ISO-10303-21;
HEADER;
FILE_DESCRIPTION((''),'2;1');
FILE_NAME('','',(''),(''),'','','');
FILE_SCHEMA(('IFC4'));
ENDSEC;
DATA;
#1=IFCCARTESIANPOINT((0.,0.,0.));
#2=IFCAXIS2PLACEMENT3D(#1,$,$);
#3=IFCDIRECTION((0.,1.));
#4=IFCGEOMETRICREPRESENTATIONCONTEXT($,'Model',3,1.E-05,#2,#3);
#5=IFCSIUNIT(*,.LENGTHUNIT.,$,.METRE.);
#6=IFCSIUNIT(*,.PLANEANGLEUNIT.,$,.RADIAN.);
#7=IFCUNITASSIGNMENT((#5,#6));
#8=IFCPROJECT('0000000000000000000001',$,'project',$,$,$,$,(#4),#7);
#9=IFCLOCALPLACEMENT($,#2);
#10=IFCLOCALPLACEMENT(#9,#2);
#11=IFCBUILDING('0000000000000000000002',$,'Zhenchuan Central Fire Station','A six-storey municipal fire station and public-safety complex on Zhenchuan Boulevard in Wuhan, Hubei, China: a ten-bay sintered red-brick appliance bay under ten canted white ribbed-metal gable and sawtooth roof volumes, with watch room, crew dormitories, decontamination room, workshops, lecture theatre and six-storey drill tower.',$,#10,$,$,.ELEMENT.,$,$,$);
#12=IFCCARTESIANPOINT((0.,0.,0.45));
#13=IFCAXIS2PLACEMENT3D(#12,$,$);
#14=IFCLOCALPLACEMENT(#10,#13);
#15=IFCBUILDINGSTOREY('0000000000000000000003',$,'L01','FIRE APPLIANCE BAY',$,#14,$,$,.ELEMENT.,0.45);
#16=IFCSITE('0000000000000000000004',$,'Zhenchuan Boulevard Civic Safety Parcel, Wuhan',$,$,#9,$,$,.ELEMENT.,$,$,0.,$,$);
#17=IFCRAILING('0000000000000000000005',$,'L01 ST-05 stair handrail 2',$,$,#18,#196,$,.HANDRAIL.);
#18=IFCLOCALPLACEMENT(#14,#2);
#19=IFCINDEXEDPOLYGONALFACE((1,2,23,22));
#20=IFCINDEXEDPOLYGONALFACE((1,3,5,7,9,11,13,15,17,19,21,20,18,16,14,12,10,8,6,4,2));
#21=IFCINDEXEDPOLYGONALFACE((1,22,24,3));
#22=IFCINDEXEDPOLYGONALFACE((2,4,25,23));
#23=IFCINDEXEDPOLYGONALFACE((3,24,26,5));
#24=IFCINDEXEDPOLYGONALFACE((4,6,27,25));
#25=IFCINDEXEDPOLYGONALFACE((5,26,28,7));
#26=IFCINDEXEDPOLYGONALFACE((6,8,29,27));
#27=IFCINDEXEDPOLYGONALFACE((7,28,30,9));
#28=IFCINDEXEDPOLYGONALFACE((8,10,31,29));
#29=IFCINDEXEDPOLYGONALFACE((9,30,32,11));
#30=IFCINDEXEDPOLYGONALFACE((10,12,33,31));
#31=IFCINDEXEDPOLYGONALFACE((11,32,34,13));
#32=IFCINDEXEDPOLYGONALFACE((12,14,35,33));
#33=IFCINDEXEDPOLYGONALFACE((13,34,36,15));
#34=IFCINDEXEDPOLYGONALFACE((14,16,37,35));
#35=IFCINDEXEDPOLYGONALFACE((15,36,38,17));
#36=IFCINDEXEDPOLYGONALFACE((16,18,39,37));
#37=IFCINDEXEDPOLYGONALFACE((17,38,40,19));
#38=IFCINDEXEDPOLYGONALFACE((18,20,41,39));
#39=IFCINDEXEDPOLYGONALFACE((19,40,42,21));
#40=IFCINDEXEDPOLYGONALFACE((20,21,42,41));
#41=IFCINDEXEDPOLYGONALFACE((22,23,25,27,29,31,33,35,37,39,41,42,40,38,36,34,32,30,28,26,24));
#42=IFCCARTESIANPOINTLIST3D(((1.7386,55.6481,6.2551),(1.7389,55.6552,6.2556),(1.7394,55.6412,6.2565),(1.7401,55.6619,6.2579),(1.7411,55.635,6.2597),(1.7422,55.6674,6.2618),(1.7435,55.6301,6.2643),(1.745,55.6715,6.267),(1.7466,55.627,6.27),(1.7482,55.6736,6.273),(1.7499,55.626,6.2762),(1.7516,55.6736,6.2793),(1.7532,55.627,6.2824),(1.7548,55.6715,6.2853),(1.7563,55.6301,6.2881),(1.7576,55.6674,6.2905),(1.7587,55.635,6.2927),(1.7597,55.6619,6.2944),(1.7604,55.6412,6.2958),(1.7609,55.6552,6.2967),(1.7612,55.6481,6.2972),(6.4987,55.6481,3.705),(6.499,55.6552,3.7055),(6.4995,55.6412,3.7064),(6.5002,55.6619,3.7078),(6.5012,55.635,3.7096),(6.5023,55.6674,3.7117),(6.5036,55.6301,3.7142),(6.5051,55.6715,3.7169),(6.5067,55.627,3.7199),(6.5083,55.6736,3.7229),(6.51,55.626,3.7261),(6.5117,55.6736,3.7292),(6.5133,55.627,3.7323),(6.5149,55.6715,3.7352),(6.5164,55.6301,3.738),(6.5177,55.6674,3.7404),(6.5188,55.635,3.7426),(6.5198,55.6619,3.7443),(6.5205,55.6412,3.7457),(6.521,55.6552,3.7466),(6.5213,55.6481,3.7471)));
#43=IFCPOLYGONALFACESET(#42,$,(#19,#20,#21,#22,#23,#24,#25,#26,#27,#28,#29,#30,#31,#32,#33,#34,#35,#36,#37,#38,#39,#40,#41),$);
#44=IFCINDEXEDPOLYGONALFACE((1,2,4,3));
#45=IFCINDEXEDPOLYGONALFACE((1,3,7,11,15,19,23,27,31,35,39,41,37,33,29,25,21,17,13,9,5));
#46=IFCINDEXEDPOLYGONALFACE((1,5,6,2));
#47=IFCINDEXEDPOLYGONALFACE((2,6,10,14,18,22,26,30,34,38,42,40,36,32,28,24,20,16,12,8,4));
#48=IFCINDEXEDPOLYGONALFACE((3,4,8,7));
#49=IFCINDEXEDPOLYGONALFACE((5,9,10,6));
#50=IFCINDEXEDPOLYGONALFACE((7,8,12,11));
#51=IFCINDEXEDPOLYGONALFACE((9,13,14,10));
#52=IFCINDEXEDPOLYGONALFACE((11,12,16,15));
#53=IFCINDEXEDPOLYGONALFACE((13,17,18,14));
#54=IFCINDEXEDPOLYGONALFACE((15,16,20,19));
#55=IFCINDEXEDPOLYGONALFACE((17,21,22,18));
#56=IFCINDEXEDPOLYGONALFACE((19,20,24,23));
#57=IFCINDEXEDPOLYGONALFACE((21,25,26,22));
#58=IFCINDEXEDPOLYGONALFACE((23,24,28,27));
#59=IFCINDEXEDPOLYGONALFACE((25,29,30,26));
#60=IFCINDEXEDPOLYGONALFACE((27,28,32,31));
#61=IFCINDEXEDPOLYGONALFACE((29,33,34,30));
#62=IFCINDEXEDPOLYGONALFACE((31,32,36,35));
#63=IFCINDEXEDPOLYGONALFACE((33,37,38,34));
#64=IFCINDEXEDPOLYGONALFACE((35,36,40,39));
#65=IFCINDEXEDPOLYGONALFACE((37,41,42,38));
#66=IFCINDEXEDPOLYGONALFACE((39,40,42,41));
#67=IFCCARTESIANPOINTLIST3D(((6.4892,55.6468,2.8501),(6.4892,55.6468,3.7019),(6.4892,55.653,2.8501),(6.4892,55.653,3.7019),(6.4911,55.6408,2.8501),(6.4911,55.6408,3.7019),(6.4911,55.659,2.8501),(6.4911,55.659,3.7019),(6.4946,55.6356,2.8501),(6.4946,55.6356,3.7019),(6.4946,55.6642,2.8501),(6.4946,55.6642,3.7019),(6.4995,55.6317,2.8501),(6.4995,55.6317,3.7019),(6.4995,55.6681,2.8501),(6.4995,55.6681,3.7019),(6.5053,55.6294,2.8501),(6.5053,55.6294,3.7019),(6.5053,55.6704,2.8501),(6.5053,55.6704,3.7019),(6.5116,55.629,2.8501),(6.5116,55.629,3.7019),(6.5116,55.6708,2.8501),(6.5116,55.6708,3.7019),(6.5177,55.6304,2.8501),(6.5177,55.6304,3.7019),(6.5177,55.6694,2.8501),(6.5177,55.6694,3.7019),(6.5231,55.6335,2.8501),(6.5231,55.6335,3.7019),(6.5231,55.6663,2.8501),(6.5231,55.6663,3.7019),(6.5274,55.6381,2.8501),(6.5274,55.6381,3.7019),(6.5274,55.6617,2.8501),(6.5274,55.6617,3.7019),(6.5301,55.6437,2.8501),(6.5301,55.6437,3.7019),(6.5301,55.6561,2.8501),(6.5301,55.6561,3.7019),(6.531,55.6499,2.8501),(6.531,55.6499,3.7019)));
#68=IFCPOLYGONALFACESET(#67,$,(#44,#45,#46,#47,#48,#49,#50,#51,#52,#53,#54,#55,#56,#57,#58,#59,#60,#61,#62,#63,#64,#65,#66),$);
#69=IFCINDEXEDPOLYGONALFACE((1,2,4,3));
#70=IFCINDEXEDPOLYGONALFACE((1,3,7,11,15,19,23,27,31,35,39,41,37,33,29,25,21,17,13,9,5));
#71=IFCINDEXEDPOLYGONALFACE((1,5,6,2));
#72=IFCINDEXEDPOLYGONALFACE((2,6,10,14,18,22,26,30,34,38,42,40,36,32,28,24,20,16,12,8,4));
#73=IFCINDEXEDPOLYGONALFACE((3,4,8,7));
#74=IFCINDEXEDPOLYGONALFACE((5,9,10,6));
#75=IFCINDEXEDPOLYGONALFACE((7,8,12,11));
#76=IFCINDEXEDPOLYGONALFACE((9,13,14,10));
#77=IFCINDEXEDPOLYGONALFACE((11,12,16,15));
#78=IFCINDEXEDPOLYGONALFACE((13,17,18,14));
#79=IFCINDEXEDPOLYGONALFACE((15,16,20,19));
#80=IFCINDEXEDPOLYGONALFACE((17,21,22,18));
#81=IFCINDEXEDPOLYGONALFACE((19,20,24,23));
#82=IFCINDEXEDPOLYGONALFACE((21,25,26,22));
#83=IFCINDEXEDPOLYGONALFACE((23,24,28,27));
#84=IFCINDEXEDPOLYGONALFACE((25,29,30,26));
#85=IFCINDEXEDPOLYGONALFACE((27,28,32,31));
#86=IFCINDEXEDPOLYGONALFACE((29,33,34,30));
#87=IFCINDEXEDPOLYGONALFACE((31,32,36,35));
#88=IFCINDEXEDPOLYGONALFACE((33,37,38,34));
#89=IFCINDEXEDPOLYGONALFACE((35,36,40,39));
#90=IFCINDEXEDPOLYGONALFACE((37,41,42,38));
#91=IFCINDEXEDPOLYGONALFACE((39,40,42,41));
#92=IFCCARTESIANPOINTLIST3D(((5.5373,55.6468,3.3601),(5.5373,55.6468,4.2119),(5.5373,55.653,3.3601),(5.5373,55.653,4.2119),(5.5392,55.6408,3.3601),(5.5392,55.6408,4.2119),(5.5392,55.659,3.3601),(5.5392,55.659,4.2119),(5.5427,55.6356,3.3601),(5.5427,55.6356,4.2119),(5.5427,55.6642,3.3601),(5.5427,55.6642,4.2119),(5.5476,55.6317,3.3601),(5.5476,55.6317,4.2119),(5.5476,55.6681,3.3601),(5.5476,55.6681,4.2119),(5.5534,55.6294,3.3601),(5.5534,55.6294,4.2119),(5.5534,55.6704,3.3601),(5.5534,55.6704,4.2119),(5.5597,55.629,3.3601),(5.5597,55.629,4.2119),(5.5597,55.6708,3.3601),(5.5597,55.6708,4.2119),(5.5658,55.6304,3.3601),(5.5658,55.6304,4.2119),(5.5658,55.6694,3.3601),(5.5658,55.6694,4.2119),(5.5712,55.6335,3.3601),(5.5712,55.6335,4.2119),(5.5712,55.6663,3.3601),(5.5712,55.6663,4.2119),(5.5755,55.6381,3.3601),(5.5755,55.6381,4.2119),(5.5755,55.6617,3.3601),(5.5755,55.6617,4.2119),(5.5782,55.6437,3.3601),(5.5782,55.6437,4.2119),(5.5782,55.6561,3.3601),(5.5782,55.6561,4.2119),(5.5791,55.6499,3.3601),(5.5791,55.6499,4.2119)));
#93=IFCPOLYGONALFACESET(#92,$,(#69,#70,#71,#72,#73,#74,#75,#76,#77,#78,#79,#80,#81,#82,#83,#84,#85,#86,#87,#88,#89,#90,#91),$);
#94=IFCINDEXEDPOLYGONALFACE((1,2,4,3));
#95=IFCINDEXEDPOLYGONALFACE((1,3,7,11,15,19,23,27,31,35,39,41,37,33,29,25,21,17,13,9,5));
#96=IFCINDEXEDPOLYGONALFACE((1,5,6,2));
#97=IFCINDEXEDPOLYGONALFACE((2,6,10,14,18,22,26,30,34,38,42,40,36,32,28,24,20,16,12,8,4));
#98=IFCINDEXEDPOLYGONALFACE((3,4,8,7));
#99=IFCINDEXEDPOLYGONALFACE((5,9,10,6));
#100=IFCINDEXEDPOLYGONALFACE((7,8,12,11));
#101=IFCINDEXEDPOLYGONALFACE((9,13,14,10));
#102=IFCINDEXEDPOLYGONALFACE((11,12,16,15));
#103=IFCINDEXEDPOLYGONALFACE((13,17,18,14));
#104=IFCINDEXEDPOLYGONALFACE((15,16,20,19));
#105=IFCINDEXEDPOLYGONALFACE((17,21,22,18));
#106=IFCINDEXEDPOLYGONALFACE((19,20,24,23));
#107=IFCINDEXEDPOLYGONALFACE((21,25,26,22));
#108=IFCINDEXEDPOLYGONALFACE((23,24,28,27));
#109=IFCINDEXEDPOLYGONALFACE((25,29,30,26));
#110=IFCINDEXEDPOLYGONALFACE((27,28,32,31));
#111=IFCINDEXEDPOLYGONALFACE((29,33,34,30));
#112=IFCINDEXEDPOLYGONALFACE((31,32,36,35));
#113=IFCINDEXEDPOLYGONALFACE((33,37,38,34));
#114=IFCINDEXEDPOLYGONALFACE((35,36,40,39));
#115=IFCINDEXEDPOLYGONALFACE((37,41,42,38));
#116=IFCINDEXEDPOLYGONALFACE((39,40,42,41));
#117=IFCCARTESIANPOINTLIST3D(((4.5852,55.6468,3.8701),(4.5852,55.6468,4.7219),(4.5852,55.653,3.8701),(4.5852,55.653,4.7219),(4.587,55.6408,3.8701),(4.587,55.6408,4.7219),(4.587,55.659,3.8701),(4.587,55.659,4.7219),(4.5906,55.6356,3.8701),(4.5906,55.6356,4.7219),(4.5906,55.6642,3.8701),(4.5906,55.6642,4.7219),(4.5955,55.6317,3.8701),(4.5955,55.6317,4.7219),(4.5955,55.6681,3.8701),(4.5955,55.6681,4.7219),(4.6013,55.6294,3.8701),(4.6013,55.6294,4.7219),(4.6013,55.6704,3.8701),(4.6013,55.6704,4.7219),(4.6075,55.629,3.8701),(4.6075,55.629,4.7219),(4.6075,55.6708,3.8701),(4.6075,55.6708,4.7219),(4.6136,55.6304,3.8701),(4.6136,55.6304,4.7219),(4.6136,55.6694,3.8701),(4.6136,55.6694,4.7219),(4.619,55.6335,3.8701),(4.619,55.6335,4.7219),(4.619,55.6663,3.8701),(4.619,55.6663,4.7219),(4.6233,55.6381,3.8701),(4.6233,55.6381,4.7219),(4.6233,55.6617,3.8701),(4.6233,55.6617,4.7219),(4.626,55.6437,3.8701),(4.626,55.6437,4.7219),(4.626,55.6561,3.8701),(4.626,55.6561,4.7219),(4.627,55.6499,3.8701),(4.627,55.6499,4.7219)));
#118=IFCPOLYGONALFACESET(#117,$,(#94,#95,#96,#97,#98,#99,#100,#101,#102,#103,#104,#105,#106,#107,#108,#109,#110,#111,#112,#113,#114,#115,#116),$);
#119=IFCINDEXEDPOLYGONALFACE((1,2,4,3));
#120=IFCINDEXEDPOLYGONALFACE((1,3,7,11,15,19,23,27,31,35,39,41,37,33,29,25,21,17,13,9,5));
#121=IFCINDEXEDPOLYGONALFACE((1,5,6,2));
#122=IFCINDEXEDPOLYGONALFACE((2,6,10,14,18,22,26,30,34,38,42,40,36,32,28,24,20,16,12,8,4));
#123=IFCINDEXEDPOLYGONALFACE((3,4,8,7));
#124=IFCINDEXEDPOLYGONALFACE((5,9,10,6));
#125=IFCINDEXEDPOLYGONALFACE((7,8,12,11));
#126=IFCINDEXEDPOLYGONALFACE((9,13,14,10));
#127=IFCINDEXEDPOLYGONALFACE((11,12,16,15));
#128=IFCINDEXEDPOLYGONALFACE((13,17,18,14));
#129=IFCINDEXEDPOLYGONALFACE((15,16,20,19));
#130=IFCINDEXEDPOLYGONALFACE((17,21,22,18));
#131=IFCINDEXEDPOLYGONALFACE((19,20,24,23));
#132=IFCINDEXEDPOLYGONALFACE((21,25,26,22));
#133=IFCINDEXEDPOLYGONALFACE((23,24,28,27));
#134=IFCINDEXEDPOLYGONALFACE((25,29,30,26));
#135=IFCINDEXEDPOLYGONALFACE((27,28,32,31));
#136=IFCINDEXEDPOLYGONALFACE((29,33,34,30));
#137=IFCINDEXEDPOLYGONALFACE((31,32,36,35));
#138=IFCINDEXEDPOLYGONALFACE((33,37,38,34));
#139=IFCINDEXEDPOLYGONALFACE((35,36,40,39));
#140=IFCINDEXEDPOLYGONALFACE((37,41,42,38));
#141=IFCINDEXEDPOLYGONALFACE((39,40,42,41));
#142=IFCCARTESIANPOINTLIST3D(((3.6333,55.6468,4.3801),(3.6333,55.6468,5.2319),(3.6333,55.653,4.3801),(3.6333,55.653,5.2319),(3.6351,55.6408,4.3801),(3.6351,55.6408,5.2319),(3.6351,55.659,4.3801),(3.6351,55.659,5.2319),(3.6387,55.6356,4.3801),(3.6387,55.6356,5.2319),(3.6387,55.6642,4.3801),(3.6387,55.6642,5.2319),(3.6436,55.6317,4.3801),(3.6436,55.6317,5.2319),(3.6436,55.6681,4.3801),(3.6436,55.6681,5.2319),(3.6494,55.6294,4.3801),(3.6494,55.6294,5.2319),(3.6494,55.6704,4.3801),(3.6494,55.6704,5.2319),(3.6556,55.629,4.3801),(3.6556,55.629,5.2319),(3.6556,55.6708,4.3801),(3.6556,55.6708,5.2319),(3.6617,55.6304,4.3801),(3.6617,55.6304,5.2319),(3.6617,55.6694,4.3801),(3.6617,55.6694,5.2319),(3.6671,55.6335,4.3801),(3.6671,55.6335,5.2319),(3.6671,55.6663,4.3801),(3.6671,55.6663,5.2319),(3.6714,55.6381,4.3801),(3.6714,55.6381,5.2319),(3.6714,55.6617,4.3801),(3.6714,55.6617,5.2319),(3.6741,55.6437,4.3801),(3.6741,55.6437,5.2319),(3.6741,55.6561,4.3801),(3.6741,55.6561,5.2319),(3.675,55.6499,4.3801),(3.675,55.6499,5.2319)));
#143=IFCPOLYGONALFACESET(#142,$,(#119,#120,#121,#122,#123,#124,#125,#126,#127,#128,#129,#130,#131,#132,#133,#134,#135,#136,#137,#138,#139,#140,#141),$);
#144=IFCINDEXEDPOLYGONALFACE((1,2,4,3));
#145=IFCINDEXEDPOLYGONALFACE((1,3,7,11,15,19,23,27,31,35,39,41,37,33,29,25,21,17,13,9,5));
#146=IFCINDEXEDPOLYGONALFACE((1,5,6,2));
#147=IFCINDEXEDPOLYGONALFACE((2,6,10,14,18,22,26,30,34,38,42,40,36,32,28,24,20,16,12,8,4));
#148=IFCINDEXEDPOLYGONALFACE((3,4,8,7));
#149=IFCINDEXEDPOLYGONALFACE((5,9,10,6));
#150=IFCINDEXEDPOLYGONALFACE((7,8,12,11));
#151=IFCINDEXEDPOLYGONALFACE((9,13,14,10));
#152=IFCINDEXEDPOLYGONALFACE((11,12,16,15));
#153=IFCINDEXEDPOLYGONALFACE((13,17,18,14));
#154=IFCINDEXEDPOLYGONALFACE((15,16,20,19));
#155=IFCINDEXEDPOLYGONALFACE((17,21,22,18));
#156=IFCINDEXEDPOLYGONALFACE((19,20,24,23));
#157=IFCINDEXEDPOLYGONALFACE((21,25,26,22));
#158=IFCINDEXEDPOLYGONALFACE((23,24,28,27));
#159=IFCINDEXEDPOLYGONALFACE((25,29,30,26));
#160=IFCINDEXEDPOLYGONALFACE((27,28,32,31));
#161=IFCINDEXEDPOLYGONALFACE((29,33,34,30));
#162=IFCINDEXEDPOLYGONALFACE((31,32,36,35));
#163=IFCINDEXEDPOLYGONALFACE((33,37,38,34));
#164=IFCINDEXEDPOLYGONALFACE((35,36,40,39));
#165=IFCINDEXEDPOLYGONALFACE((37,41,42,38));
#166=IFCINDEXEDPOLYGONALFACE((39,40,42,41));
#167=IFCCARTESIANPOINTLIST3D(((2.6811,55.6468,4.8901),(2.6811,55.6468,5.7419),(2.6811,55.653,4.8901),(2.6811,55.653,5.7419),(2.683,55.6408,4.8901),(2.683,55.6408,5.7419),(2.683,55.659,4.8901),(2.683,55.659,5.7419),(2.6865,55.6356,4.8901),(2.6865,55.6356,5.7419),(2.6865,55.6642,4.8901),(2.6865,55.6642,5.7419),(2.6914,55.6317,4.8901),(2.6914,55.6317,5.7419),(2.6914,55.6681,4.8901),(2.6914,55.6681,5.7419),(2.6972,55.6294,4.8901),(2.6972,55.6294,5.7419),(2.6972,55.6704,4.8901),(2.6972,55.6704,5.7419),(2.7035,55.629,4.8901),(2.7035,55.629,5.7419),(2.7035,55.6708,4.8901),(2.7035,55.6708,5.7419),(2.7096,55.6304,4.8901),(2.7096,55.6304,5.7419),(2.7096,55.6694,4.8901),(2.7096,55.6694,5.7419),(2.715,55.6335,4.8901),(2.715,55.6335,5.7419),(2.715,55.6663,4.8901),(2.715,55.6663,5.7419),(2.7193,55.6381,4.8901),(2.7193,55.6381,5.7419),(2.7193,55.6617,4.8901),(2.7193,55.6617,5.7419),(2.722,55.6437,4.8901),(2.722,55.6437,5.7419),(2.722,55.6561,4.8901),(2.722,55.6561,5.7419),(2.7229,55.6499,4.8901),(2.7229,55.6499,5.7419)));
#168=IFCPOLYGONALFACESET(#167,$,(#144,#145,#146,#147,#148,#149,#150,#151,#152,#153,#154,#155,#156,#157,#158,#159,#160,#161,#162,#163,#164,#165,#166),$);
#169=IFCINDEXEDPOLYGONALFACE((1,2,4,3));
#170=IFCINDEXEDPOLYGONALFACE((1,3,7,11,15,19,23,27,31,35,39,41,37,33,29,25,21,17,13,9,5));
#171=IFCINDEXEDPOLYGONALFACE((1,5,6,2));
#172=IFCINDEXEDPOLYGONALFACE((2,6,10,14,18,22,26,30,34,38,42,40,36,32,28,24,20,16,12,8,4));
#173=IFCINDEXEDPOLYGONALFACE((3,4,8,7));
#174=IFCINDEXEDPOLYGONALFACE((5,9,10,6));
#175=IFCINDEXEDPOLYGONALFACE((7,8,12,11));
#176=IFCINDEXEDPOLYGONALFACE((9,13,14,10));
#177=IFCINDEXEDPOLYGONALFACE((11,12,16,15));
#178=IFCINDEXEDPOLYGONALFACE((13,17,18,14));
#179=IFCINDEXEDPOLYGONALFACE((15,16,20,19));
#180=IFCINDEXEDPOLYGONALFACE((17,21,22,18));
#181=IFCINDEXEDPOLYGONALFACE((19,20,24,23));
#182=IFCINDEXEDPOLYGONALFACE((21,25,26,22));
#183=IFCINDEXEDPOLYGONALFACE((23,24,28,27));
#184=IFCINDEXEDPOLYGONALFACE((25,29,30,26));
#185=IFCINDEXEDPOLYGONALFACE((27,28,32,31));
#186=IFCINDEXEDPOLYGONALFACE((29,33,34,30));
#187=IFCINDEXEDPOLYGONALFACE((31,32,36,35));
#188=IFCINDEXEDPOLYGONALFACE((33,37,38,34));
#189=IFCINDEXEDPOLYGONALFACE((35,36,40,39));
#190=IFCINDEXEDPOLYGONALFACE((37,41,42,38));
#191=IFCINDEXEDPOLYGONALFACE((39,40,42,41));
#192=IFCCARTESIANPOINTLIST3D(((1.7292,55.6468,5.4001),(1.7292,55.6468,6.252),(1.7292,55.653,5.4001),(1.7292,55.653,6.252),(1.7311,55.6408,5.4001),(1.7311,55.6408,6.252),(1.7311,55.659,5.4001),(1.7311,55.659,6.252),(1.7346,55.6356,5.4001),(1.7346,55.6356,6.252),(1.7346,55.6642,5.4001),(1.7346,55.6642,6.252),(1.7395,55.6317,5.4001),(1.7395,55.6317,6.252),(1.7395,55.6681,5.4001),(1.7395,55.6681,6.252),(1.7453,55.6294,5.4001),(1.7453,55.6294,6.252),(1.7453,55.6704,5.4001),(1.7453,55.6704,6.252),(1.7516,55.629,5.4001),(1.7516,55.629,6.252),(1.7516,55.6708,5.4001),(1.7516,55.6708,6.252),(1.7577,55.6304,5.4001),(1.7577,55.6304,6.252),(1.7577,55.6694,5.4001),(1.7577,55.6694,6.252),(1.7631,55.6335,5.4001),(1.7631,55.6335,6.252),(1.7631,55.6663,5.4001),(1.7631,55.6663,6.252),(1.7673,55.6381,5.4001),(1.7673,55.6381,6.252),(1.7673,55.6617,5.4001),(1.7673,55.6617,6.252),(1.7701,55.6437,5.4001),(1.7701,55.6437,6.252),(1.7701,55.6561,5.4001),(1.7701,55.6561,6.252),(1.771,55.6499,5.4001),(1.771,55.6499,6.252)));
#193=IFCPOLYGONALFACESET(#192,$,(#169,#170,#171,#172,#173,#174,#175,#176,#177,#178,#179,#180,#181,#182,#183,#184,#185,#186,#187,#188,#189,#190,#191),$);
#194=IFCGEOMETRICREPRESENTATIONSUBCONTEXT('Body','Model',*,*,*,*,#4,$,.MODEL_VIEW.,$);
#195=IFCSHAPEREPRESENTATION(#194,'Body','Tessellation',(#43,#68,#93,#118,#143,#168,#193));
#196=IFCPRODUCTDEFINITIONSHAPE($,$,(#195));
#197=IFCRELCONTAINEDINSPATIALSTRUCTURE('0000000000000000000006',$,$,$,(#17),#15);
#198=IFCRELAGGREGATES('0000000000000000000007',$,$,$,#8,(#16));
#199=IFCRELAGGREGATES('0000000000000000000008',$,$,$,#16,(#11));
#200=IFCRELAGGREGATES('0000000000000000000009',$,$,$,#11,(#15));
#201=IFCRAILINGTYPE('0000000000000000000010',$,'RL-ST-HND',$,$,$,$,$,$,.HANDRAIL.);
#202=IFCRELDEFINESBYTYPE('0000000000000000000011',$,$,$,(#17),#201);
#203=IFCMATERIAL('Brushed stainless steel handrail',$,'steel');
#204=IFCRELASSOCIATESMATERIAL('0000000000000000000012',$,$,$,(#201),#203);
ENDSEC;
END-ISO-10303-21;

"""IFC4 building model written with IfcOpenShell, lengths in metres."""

from ifc_helpers import new_model, si_unit, direction, frame, origin, origin_2d, place, context, subcontext, project, spatial, circle, extrude, material, type_object, element, save


model = new_model("IFC4")

# Units and contexts
model_context = context("Model", 3, precision=1e-05, world=origin(), true_north=direction((0.0, 1.0)))
body_context = subcontext(model_context, "Body", "Model", "MODEL_VIEW")
ifc_project = project(units=[si_unit("LENGTHUNIT", "METRE"), si_unit("PLANEANGLEUNIT", "RADIAN")], contexts=[model_context])

# Site, building, storey
site_placement = place(None, origin())
site = spatial("IfcSite", under=ifc_project, at=site_placement, Name="Zhenchuan Boulevard Civic Safety Parcel, Wuhan", CompositionType="ELEMENT", RefElevation=0.0)
building_placement = place(site_placement, origin())
building = spatial("IfcBuilding", under=site, at=building_placement, Name="Zhenchuan Central Fire Station", Description="A six-storey municipal fire station and public-safety complex on Zhenchuan Boulevard in Wuhan, Hubei, China: a ten-bay sintered red-brick appliance bay under ten canted white ribbed-metal gable and sawtooth roof volumes, with watch room, crew dormitories, decontamination room, workshops, lecture theatre and six-storey drill tower.", CompositionType="ELEMENT")
storey_placement = place(building_placement, frame((0.0, 0.0, 0.45)))
storey = spatial("IfcBuildingStorey", under=building, at=storey_placement, Name="L01", Description="FIRE APPLIANCE BAY", CompositionType="ELEMENT", Elevation=0.45)

# Railing
ifc_material_1 = material(Name="Brushed stainless steel handrail", Category="steel")
railing_type_1 = type_object("IfcRailingType", Name="RL-ST-HND", PredefinedType="HANDRAIL", material=ifc_material_1)
railing_1_placement = place(storey_placement, frame((6.51, 55.6499, 2.8501)))
element("IfcRailing", 1, at=railing_1_placement, inside=storey, type_object=railing_type_1, Name="L01 ST-05 stair handrail 2", PredefinedType="HANDRAIL", context=body_context, shape_type="SweptSolid", body=[
    extrude(circle(Radius=0.0239, at=origin_2d()), frame((0.0, 0.0, 0.876), z_axis=(-0.881477, 0.0, 0.472228), x_axis=(0.0, -1.0, 0.0)), (0.0, 0.0, 1.0), 5.4001),
    extrude(circle(Radius=0.021, at=origin_2d()), origin(), (0.0, 0.0, 1.0), 0.8518),
    extrude(circle(Radius=0.021, at=origin_2d()), frame((-0.9519, 0.0, 0.51)), (0.0, 0.0, 1.0), 0.8518),
    extrude(circle(Radius=0.021, at=origin_2d()), frame((-1.9041, 0.0, 1.02)), (0.0, 0.0, 1.0), 0.8518),
    extrude(circle(Radius=0.021, at=origin_2d()), frame((-2.856, 0.0, 1.53)), (0.0, 0.0, 1.0), 0.8518),
    extrude(circle(Radius=0.021, at=origin_2d()), frame((-3.8081, 0.0, 2.04)), (0.0, 0.0, 1.0), 0.8518),
    extrude(circle(Radius=0.021, at=origin_2d()), frame((-4.76, 0.0, 2.55)), (0.0, 0.0, 1.0), 0.8518),
])

save(model, "model.ifc")
